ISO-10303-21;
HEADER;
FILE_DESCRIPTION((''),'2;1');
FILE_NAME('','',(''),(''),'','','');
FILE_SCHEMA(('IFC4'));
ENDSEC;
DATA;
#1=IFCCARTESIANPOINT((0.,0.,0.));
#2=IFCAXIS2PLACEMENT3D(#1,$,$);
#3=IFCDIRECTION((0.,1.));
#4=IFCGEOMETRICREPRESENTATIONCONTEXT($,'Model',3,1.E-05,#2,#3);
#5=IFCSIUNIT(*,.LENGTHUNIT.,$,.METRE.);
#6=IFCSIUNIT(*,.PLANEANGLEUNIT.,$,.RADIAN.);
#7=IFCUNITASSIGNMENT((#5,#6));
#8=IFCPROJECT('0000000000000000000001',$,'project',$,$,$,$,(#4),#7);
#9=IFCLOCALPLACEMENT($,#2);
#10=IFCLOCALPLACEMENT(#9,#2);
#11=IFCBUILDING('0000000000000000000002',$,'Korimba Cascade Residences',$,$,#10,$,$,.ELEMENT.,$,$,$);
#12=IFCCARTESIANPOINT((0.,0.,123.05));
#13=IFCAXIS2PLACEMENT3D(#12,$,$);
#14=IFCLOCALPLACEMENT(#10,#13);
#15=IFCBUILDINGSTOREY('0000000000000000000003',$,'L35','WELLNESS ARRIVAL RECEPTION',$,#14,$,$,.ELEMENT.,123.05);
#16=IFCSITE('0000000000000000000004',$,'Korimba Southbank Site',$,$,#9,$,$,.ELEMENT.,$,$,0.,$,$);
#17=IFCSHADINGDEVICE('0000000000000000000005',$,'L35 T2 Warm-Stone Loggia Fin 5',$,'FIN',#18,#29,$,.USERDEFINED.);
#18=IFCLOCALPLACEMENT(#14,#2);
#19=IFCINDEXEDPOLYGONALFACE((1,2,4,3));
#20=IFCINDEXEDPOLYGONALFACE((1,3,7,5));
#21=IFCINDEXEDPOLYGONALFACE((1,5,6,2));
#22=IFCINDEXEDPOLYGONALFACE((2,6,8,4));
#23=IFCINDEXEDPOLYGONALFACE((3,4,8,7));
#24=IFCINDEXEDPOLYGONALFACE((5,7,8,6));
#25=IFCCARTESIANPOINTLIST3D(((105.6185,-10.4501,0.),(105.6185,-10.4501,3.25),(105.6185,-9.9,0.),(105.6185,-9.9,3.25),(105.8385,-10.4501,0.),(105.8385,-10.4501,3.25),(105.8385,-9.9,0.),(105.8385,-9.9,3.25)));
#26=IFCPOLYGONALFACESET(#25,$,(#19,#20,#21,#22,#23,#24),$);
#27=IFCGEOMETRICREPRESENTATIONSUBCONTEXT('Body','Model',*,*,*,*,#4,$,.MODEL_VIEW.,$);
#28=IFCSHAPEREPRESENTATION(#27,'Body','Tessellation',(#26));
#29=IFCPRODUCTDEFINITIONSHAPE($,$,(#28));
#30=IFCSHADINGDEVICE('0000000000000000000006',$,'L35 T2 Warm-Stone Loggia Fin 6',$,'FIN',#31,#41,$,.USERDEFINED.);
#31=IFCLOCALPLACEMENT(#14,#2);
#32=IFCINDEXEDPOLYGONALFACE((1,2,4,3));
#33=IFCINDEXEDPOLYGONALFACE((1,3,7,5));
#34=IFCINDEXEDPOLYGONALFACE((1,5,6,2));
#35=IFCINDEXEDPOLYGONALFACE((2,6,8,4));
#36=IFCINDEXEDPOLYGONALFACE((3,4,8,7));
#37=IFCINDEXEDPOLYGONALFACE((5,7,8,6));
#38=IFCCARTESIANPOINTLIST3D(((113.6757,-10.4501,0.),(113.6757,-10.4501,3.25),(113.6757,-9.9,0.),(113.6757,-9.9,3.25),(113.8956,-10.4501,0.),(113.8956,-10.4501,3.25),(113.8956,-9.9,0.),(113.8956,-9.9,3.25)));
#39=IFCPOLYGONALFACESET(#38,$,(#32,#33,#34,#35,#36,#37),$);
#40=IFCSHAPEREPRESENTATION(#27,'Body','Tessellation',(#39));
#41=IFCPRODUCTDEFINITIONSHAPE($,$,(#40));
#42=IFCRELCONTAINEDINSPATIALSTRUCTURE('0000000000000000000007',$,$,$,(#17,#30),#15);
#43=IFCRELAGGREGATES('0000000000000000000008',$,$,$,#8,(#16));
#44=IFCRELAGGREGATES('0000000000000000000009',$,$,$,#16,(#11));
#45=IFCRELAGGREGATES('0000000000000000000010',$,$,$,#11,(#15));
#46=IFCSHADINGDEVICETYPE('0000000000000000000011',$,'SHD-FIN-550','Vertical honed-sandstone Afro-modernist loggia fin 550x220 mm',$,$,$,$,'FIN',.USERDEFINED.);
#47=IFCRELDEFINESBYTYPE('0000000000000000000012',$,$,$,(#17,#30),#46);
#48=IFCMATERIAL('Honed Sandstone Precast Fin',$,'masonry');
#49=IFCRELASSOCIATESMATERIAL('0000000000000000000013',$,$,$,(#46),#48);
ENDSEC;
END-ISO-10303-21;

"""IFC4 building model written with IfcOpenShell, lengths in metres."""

from ifc_helpers import new_model, si_unit, direction, frame, origin, origin_2d, place, context, subcontext, project, spatial, rectangle, extrude, material, type_object, element, save


model = new_model("IFC4")

# Units and contexts
model_context = context("Model", 3, precision=1e-05, world=origin(), true_north=direction((0.0, 1.0)))
body_context = subcontext(model_context, "Body", "Model", "MODEL_VIEW")
ifc_project = project(units=[si_unit("LENGTHUNIT", "METRE"), si_unit("PLANEANGLEUNIT", "RADIAN")], contexts=[model_context])

# Site, building, storey
site_placement = place(None, origin())
site = spatial("IfcSite", under=ifc_project, at=site_placement, Name="Korimba Southbank Site", CompositionType="ELEMENT", RefElevation=0.0)
building_placement = place(site_placement, origin())
building = spatial("IfcBuilding", under=site, at=building_placement, Name="Korimba Cascade Residences", CompositionType="ELEMENT")
storey_placement = place(building_placement, frame((0.0, 0.0, 123.05)))
storey = spatial("IfcBuildingStorey", under=building, at=storey_placement, Name="L35", Description="WELLNESS ARRIVAL RECEPTION", CompositionType="ELEMENT", Elevation=123.05)

# Shading devices
ifc_material_1 = material(Name="Honed Sandstone Precast Fin", Category="masonry")
shading_device_type = type_object("IfcShadingDeviceType", Name="SHD-FIN-550", Description="Vertical honed-sandstone Afro-modernist loggia fin 550x220 mm", ElementType="FIN", PredefinedType="USERDEFINED", material=ifc_material_1)
for number, where, z_axis, x_axis, name in (
    (1, (105.7285, -10.175, 0.0), (0.0, 0.0, 1.0), (1.0, 0.0, 0.0), "L35 T2 Warm-Stone Loggia Fin 5"),
    (2, (113.7856, -10.175, 0.0), (0.0, 0.0, 1.0), (1.0, 0.0, 0.0), "L35 T2 Warm-Stone Loggia Fin 6"),
):
    element("IfcShadingDevice", number, at=place(storey_placement, frame(where, z_axis=z_axis, x_axis=x_axis)), inside=storey, type_object=shading_device_type, Name=name, ObjectType="FIN", PredefinedType="USERDEFINED", context=body_context, shape_type="SweptSolid", body=[
        extrude(rectangle(XDim=0.22, YDim=0.55, at=origin_2d()), origin(), (0.0, 0.0, 1.0), 3.25),
    ])

save(model, "model.ifc")
